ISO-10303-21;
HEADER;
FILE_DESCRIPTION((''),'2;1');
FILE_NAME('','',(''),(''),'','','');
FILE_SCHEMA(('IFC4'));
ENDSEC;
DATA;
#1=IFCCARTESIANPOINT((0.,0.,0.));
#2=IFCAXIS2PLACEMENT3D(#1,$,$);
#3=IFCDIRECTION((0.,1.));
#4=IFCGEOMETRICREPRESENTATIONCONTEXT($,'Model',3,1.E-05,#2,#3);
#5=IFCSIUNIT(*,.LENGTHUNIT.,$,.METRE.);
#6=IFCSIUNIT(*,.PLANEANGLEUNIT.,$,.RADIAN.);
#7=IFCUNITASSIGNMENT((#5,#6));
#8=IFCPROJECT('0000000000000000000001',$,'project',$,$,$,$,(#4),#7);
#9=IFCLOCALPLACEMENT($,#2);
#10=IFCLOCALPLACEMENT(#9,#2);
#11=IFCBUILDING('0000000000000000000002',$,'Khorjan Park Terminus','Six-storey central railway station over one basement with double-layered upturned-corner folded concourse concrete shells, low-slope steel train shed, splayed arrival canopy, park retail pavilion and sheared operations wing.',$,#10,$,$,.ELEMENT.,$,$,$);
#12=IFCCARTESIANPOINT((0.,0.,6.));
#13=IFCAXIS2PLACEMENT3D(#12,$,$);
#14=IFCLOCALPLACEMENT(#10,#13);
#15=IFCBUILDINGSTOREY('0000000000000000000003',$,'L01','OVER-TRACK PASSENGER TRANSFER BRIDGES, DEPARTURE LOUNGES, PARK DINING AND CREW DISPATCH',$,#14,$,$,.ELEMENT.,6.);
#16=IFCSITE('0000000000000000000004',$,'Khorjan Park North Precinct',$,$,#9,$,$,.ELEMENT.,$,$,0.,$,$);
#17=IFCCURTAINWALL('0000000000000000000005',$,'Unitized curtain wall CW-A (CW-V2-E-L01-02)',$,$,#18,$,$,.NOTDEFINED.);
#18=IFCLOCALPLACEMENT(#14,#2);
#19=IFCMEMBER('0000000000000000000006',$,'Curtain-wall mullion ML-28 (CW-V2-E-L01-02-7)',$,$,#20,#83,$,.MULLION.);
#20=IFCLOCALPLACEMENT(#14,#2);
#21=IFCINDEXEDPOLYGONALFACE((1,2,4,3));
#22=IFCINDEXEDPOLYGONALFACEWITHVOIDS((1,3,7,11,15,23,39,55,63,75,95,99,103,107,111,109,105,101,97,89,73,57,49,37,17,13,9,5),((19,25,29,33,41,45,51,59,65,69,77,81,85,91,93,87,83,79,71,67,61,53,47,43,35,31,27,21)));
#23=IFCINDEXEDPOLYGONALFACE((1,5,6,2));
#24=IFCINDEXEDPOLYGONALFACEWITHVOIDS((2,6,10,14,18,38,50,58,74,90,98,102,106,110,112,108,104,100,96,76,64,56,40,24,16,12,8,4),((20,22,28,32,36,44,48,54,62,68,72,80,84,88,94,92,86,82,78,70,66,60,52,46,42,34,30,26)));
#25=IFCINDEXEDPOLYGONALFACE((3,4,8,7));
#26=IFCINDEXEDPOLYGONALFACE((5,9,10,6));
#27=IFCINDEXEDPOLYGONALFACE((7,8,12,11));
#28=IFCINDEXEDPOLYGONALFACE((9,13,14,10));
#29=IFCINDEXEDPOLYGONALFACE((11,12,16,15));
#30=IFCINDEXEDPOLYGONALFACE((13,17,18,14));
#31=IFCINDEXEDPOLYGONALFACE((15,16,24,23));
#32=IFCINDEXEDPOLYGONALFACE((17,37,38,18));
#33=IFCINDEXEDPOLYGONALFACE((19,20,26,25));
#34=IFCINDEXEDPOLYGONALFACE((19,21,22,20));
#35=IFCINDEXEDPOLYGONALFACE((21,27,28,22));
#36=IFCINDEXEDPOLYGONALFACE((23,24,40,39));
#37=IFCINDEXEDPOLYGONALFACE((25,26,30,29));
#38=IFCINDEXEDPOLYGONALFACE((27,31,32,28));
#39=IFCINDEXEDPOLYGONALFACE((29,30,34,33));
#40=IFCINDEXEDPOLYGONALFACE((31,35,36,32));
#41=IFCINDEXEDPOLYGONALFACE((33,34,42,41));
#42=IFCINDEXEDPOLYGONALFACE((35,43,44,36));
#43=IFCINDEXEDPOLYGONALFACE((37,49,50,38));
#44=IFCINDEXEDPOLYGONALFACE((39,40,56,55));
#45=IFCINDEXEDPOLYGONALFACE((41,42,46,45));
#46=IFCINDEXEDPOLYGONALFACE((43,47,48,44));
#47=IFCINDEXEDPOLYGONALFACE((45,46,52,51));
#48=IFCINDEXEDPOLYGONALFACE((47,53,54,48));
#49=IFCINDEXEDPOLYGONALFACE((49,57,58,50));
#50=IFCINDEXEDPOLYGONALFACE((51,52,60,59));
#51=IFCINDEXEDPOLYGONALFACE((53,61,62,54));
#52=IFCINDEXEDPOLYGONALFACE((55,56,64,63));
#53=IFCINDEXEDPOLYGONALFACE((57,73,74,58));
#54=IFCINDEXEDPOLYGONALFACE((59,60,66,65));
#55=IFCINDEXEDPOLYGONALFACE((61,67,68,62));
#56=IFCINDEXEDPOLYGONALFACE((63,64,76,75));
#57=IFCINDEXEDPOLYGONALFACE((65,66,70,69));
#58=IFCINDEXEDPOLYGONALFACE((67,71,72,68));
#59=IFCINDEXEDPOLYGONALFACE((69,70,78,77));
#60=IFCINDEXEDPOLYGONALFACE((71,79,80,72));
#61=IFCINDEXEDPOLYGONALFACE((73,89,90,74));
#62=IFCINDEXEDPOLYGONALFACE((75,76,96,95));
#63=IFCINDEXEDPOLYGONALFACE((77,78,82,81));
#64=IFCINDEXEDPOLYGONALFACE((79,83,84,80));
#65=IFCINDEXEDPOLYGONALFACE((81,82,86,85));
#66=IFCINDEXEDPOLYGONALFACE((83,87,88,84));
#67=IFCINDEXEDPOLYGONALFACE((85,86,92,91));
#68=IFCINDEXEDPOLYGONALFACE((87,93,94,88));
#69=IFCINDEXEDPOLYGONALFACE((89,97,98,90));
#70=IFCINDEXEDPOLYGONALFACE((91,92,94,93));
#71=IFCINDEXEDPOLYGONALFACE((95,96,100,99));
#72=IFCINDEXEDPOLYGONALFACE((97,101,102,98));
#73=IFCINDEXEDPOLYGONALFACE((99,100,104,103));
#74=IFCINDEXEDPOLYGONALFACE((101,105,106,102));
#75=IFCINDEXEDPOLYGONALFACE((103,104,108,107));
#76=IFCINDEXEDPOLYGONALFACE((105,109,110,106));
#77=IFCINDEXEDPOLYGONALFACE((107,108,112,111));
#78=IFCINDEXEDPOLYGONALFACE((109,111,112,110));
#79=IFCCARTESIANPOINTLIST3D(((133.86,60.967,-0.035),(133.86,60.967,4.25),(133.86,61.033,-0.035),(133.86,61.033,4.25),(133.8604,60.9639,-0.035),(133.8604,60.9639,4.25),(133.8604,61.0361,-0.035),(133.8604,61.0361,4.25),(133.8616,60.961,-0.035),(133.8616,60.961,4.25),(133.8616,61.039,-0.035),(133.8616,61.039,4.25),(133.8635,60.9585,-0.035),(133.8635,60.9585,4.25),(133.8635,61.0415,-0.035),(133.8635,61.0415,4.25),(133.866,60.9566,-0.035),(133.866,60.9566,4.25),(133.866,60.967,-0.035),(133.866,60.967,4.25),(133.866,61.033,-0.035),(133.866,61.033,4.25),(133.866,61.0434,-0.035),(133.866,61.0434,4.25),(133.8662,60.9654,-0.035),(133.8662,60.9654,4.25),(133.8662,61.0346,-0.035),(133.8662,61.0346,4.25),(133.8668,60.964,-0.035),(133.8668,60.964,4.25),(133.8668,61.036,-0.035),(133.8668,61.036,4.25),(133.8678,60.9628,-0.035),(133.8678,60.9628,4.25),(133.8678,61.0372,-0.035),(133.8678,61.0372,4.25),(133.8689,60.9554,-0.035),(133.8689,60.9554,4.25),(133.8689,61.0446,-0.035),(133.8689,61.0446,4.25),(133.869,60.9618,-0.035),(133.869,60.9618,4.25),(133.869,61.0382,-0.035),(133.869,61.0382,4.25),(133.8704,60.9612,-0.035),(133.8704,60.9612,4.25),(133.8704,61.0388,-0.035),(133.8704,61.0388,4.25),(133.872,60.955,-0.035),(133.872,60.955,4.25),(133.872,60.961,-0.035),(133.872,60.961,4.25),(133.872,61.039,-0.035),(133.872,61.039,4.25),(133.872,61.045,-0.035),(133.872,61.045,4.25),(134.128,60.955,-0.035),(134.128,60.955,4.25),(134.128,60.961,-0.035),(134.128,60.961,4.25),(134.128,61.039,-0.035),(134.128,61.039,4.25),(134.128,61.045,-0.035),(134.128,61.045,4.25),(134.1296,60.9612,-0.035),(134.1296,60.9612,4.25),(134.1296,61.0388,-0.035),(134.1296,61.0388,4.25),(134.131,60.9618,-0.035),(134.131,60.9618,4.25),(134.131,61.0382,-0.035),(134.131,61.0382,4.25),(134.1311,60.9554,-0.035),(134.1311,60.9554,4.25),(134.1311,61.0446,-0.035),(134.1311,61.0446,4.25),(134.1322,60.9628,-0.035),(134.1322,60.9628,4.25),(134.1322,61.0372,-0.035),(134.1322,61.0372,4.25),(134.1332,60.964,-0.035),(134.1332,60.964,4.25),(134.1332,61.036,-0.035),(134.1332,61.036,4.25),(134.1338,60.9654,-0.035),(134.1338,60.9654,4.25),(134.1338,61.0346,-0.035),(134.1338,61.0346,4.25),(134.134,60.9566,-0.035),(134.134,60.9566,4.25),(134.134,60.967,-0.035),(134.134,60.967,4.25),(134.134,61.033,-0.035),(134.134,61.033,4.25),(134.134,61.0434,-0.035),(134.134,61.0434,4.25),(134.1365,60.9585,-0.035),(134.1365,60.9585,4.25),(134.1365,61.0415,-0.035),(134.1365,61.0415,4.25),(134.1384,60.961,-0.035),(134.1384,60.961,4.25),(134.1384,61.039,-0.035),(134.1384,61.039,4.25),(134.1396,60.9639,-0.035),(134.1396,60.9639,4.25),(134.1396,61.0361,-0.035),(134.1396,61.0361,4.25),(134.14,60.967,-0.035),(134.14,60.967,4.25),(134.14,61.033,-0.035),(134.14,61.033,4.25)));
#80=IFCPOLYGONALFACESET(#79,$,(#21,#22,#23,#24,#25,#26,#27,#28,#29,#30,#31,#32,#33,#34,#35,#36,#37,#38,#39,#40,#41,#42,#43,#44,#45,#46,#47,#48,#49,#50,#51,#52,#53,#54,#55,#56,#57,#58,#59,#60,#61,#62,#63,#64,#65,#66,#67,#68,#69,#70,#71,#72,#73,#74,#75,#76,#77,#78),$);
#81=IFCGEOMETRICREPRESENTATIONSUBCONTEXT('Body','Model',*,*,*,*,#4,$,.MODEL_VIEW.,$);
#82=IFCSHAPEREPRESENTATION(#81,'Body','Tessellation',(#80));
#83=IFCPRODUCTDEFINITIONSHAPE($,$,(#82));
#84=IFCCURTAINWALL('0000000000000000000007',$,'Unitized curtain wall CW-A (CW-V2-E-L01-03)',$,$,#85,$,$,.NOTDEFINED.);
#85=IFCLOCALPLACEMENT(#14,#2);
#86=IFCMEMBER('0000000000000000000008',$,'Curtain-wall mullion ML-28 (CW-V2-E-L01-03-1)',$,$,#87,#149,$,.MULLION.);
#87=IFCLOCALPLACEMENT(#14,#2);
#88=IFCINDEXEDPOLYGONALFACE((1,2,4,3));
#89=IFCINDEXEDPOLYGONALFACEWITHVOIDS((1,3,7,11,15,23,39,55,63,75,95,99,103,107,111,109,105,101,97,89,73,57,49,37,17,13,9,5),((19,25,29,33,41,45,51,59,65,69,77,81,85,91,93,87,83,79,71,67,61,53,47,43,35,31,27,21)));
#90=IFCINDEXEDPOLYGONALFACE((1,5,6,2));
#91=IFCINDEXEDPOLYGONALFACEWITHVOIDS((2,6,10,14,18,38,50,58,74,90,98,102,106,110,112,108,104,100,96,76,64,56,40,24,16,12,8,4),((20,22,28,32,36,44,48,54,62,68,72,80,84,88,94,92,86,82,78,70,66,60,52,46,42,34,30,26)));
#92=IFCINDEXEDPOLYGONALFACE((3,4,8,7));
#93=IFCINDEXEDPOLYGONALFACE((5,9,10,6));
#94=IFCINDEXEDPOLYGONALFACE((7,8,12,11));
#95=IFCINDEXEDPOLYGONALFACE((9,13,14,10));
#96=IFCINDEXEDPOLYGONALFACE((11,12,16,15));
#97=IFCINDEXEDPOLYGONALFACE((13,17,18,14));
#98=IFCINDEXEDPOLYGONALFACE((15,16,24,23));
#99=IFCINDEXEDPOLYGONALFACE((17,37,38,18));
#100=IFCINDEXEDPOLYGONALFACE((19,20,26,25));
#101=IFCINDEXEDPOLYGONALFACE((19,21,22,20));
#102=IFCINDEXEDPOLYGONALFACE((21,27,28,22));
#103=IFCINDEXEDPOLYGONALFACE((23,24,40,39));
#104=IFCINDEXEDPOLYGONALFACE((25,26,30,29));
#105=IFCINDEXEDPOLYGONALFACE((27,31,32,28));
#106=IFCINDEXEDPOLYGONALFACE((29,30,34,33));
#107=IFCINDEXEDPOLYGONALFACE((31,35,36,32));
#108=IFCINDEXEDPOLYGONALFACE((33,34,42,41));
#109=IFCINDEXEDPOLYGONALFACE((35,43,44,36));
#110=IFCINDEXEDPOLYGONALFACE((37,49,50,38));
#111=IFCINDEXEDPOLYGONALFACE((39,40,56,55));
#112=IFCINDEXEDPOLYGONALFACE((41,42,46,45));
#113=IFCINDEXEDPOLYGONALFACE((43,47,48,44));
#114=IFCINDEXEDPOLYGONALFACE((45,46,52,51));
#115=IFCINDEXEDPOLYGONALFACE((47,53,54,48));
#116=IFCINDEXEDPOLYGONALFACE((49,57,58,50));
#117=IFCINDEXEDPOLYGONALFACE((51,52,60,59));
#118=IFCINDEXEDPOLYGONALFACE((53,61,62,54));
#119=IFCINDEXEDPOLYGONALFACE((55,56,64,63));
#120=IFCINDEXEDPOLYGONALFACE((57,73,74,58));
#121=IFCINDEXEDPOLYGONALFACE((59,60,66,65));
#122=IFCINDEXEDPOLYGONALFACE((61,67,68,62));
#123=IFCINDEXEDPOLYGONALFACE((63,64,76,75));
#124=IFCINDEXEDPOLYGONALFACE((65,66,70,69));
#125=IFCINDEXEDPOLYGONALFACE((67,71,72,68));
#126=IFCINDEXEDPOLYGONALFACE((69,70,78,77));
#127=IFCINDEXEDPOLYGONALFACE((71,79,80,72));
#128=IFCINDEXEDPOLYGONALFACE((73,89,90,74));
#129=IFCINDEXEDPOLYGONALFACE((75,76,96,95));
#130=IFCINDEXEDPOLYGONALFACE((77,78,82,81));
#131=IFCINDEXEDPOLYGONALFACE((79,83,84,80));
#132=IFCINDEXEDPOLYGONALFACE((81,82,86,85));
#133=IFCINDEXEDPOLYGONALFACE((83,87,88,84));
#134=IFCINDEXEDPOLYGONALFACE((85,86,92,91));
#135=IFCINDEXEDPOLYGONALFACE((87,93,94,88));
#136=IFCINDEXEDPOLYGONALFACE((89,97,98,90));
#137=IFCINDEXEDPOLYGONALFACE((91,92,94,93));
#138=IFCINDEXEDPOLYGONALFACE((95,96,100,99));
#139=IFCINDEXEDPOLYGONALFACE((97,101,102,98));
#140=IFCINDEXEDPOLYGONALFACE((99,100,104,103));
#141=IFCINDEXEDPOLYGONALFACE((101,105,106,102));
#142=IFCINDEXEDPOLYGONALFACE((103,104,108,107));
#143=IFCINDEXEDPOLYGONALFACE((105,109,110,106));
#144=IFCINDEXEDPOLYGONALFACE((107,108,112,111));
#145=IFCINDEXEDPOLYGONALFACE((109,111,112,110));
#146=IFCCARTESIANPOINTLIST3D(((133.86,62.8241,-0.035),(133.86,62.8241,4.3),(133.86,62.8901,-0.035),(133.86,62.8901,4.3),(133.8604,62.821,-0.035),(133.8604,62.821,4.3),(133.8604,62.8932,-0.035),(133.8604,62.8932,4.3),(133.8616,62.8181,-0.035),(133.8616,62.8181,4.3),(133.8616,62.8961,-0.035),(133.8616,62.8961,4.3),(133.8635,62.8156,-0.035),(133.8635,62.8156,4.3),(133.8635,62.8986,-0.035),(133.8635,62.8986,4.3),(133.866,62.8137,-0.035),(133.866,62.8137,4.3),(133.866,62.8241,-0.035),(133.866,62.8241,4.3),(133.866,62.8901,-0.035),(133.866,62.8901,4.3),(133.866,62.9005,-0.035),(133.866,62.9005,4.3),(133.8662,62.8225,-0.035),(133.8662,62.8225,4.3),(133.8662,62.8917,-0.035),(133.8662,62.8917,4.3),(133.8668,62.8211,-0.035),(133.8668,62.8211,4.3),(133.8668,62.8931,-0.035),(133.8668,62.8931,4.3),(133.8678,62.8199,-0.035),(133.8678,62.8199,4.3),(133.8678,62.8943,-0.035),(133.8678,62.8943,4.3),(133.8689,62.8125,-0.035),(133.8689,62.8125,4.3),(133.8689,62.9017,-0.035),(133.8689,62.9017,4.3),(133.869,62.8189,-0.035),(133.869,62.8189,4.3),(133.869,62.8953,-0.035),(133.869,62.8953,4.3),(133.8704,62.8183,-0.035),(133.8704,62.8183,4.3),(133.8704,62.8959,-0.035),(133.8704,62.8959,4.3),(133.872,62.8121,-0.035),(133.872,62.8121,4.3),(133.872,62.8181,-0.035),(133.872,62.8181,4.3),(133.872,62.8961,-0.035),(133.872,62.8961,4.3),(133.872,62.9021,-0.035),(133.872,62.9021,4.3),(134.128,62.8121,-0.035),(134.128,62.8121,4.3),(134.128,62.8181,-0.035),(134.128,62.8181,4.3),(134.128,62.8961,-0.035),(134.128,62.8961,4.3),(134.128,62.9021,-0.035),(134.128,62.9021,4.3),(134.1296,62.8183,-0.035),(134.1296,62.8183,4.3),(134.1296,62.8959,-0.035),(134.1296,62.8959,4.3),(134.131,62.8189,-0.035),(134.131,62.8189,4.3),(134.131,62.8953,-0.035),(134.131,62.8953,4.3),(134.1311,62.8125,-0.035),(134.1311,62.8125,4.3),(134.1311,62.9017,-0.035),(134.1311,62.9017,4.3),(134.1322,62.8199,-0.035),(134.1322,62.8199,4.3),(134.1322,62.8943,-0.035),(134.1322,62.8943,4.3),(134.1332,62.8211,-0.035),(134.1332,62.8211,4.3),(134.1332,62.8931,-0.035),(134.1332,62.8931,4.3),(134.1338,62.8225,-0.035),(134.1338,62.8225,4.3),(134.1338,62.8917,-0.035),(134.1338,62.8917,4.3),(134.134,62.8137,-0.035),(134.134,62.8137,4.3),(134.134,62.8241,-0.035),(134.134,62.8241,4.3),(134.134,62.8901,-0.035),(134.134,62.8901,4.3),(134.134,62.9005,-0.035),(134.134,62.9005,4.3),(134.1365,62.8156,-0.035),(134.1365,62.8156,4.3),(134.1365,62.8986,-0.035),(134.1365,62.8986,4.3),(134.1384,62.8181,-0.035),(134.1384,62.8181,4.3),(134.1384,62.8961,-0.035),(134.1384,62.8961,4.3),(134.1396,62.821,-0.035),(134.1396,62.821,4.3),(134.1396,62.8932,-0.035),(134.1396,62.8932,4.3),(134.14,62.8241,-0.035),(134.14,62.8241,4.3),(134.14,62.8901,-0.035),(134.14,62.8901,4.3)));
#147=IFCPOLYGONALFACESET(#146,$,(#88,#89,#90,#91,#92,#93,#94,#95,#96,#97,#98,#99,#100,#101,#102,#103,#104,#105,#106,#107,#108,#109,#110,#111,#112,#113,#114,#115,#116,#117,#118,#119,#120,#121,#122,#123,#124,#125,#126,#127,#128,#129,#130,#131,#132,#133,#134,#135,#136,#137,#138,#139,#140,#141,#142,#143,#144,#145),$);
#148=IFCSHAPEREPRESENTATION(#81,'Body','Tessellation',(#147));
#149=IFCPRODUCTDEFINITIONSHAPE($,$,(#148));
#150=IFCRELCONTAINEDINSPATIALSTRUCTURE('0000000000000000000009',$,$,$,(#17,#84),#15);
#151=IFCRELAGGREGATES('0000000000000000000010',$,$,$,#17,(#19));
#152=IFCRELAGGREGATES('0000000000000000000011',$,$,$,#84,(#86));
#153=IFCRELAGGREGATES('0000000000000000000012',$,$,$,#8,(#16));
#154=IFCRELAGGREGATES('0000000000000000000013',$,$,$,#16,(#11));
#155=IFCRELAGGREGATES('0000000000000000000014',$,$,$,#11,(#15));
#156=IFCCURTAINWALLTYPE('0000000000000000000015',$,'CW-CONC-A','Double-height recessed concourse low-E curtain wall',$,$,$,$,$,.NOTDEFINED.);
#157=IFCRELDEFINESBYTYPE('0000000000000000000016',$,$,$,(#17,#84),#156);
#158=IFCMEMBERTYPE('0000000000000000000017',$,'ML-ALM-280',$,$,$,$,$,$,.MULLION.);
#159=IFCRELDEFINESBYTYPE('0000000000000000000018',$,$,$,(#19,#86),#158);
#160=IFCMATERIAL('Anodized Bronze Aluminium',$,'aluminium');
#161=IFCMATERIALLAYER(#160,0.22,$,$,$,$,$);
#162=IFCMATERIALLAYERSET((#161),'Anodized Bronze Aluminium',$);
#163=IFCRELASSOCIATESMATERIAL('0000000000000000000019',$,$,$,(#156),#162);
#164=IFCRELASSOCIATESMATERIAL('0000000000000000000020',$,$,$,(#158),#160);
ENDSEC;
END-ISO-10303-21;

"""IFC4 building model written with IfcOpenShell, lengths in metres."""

from ifc_helpers import new_model, si_unit, direction, frame, origin, origin_2d, place, context, subcontext, project, spatial, hollow_rectangle, extrude, material, layer, layer_set, material_profile, profile_set, type_object, element, aggregate, save


model = new_model("IFC4")

# Units and contexts
model_context = context("Model", 3, precision=1e-05, world=origin(), true_north=direction((0.0, 1.0)))
body_context = subcontext(model_context, "Body", "Model", "MODEL_VIEW")
ifc_project = project(units=[si_unit("LENGTHUNIT", "METRE"), si_unit("PLANEANGLEUNIT", "RADIAN")], contexts=[model_context])

# Site, building, storey
site_placement = place(None, origin())
site = spatial("IfcSite", under=ifc_project, at=site_placement, Name="Khorjan Park North Precinct", CompositionType="ELEMENT", RefElevation=0.0)
building_placement = place(site_placement, origin())
building = spatial("IfcBuilding", under=site, at=building_placement, Name="Khorjan Park Terminus", Description="Six-storey central railway station over one basement with double-layered upturned-corner folded concourse concrete shells, low-slope steel train shed, splayed arrival canopy, park retail pavilion and sheared operations wing.", CompositionType="ELEMENT")
storey_placement = place(building_placement, frame((0.0, 0.0, 6.0)))
storey = spatial("IfcBuildingStorey", under=building, at=storey_placement, Name="L01", Description="OVER-TRACK PASSENGER TRANSFER BRIDGES, DEPARTURE LOUNGES, PARK DINING AND CREW DISPATCH", CompositionType="ELEMENT", Elevation=6.0)

# Curtain wall, member
ifc_material_1 = material(Name="Anodized Bronze Aluminium", Category="aluminium")
ifc_layer_1 = layer(ifc_material_1, 0.22)
ifc_layer_set_1 = layer_set([ifc_layer_1], Name="Anodized Bronze Aluminium")
curtain_wall_type = type_object("IfcCurtainWallType", Name="CW-CONC-A", Description="Double-height recessed concourse low-E curtain wall", PredefinedType="NOTDEFINED", material=ifc_layer_set_1)
curtain_wall_1_placement = place(storey_placement, origin())
curtain_wall_1 = element("IfcCurtainWall", 1, at=curtain_wall_1_placement, inside=storey, type_object=curtain_wall_type, Name="Unitized curtain wall CW-A (CW-V2-E-L01-02)", PredefinedType="NOTDEFINED")
ifc_material_profile_1 = material_profile(ifc_material_1, hollow_rectangle(XDim=0.09, YDim=0.28, WallThickness=0.006, InnerFilletRadius=0.006, OuterFilletRadius=0.012, at=origin_2d()), Name="ALM 90x280x6")
ifc_profile_set_1 = profile_set([ifc_material_profile_1], Name="Anodized Bronze Aluminium")
member_type_1 = type_object("IfcMemberType", Name="ML-ALM-280", PredefinedType="MULLION", material=ifc_profile_set_1)
member_1_placement = place(storey_placement, frame((134.0, 61.0, -0.035), z_axis=(0.0, 0.0, 1.0), x_axis=(0.0, 1.0, 0.0)))
member_1 = element("IfcMember", 2, at=member_1_placement, type_object=member_type_1, Name="Curtain-wall mullion ML-28 (CW-V2-E-L01-02-7)", PredefinedType="MULLION", context=body_context, shape_type="SweptSolid", body=[
    extrude(hollow_rectangle(XDim=0.09, YDim=0.28, WallThickness=0.006, InnerFilletRadius=0.006, OuterFilletRadius=0.012, at=origin_2d()), origin(), (0.0, 0.0, 1.0), 4.285),
])
aggregate(curtain_wall_1, [member_1])

# Curtain wall, member
curtain_wall_2_placement = place(storey_placement, origin())
curtain_wall_2 = element("IfcCurtainWall", 3, at=curtain_wall_2_placement, inside=storey, type_object=curtain_wall_type, Name="Unitized curtain wall CW-A (CW-V2-E-L01-03)", PredefinedType="NOTDEFINED")
member_2_placement = place(storey_placement, frame((134.0, 62.8571, -0.035), z_axis=(0.0, 0.0, 1.0), x_axis=(0.0, 1.0, 0.0)))
member_2 = element("IfcMember", 4, at=member_2_placement, type_object=member_type_1, Name="Curtain-wall mullion ML-28 (CW-V2-E-L01-03-1)", PredefinedType="MULLION", context=body_context, shape_type="SweptSolid", body=[
    extrude(hollow_rectangle(XDim=0.09, YDim=0.28, WallThickness=0.006, InnerFilletRadius=0.006, OuterFilletRadius=0.012, at=origin_2d()), origin(), (0.0, 0.0, 1.0), 4.335),
])

aggregate(curtain_wall_2, [member_2])

save(model, "model.ifc")
